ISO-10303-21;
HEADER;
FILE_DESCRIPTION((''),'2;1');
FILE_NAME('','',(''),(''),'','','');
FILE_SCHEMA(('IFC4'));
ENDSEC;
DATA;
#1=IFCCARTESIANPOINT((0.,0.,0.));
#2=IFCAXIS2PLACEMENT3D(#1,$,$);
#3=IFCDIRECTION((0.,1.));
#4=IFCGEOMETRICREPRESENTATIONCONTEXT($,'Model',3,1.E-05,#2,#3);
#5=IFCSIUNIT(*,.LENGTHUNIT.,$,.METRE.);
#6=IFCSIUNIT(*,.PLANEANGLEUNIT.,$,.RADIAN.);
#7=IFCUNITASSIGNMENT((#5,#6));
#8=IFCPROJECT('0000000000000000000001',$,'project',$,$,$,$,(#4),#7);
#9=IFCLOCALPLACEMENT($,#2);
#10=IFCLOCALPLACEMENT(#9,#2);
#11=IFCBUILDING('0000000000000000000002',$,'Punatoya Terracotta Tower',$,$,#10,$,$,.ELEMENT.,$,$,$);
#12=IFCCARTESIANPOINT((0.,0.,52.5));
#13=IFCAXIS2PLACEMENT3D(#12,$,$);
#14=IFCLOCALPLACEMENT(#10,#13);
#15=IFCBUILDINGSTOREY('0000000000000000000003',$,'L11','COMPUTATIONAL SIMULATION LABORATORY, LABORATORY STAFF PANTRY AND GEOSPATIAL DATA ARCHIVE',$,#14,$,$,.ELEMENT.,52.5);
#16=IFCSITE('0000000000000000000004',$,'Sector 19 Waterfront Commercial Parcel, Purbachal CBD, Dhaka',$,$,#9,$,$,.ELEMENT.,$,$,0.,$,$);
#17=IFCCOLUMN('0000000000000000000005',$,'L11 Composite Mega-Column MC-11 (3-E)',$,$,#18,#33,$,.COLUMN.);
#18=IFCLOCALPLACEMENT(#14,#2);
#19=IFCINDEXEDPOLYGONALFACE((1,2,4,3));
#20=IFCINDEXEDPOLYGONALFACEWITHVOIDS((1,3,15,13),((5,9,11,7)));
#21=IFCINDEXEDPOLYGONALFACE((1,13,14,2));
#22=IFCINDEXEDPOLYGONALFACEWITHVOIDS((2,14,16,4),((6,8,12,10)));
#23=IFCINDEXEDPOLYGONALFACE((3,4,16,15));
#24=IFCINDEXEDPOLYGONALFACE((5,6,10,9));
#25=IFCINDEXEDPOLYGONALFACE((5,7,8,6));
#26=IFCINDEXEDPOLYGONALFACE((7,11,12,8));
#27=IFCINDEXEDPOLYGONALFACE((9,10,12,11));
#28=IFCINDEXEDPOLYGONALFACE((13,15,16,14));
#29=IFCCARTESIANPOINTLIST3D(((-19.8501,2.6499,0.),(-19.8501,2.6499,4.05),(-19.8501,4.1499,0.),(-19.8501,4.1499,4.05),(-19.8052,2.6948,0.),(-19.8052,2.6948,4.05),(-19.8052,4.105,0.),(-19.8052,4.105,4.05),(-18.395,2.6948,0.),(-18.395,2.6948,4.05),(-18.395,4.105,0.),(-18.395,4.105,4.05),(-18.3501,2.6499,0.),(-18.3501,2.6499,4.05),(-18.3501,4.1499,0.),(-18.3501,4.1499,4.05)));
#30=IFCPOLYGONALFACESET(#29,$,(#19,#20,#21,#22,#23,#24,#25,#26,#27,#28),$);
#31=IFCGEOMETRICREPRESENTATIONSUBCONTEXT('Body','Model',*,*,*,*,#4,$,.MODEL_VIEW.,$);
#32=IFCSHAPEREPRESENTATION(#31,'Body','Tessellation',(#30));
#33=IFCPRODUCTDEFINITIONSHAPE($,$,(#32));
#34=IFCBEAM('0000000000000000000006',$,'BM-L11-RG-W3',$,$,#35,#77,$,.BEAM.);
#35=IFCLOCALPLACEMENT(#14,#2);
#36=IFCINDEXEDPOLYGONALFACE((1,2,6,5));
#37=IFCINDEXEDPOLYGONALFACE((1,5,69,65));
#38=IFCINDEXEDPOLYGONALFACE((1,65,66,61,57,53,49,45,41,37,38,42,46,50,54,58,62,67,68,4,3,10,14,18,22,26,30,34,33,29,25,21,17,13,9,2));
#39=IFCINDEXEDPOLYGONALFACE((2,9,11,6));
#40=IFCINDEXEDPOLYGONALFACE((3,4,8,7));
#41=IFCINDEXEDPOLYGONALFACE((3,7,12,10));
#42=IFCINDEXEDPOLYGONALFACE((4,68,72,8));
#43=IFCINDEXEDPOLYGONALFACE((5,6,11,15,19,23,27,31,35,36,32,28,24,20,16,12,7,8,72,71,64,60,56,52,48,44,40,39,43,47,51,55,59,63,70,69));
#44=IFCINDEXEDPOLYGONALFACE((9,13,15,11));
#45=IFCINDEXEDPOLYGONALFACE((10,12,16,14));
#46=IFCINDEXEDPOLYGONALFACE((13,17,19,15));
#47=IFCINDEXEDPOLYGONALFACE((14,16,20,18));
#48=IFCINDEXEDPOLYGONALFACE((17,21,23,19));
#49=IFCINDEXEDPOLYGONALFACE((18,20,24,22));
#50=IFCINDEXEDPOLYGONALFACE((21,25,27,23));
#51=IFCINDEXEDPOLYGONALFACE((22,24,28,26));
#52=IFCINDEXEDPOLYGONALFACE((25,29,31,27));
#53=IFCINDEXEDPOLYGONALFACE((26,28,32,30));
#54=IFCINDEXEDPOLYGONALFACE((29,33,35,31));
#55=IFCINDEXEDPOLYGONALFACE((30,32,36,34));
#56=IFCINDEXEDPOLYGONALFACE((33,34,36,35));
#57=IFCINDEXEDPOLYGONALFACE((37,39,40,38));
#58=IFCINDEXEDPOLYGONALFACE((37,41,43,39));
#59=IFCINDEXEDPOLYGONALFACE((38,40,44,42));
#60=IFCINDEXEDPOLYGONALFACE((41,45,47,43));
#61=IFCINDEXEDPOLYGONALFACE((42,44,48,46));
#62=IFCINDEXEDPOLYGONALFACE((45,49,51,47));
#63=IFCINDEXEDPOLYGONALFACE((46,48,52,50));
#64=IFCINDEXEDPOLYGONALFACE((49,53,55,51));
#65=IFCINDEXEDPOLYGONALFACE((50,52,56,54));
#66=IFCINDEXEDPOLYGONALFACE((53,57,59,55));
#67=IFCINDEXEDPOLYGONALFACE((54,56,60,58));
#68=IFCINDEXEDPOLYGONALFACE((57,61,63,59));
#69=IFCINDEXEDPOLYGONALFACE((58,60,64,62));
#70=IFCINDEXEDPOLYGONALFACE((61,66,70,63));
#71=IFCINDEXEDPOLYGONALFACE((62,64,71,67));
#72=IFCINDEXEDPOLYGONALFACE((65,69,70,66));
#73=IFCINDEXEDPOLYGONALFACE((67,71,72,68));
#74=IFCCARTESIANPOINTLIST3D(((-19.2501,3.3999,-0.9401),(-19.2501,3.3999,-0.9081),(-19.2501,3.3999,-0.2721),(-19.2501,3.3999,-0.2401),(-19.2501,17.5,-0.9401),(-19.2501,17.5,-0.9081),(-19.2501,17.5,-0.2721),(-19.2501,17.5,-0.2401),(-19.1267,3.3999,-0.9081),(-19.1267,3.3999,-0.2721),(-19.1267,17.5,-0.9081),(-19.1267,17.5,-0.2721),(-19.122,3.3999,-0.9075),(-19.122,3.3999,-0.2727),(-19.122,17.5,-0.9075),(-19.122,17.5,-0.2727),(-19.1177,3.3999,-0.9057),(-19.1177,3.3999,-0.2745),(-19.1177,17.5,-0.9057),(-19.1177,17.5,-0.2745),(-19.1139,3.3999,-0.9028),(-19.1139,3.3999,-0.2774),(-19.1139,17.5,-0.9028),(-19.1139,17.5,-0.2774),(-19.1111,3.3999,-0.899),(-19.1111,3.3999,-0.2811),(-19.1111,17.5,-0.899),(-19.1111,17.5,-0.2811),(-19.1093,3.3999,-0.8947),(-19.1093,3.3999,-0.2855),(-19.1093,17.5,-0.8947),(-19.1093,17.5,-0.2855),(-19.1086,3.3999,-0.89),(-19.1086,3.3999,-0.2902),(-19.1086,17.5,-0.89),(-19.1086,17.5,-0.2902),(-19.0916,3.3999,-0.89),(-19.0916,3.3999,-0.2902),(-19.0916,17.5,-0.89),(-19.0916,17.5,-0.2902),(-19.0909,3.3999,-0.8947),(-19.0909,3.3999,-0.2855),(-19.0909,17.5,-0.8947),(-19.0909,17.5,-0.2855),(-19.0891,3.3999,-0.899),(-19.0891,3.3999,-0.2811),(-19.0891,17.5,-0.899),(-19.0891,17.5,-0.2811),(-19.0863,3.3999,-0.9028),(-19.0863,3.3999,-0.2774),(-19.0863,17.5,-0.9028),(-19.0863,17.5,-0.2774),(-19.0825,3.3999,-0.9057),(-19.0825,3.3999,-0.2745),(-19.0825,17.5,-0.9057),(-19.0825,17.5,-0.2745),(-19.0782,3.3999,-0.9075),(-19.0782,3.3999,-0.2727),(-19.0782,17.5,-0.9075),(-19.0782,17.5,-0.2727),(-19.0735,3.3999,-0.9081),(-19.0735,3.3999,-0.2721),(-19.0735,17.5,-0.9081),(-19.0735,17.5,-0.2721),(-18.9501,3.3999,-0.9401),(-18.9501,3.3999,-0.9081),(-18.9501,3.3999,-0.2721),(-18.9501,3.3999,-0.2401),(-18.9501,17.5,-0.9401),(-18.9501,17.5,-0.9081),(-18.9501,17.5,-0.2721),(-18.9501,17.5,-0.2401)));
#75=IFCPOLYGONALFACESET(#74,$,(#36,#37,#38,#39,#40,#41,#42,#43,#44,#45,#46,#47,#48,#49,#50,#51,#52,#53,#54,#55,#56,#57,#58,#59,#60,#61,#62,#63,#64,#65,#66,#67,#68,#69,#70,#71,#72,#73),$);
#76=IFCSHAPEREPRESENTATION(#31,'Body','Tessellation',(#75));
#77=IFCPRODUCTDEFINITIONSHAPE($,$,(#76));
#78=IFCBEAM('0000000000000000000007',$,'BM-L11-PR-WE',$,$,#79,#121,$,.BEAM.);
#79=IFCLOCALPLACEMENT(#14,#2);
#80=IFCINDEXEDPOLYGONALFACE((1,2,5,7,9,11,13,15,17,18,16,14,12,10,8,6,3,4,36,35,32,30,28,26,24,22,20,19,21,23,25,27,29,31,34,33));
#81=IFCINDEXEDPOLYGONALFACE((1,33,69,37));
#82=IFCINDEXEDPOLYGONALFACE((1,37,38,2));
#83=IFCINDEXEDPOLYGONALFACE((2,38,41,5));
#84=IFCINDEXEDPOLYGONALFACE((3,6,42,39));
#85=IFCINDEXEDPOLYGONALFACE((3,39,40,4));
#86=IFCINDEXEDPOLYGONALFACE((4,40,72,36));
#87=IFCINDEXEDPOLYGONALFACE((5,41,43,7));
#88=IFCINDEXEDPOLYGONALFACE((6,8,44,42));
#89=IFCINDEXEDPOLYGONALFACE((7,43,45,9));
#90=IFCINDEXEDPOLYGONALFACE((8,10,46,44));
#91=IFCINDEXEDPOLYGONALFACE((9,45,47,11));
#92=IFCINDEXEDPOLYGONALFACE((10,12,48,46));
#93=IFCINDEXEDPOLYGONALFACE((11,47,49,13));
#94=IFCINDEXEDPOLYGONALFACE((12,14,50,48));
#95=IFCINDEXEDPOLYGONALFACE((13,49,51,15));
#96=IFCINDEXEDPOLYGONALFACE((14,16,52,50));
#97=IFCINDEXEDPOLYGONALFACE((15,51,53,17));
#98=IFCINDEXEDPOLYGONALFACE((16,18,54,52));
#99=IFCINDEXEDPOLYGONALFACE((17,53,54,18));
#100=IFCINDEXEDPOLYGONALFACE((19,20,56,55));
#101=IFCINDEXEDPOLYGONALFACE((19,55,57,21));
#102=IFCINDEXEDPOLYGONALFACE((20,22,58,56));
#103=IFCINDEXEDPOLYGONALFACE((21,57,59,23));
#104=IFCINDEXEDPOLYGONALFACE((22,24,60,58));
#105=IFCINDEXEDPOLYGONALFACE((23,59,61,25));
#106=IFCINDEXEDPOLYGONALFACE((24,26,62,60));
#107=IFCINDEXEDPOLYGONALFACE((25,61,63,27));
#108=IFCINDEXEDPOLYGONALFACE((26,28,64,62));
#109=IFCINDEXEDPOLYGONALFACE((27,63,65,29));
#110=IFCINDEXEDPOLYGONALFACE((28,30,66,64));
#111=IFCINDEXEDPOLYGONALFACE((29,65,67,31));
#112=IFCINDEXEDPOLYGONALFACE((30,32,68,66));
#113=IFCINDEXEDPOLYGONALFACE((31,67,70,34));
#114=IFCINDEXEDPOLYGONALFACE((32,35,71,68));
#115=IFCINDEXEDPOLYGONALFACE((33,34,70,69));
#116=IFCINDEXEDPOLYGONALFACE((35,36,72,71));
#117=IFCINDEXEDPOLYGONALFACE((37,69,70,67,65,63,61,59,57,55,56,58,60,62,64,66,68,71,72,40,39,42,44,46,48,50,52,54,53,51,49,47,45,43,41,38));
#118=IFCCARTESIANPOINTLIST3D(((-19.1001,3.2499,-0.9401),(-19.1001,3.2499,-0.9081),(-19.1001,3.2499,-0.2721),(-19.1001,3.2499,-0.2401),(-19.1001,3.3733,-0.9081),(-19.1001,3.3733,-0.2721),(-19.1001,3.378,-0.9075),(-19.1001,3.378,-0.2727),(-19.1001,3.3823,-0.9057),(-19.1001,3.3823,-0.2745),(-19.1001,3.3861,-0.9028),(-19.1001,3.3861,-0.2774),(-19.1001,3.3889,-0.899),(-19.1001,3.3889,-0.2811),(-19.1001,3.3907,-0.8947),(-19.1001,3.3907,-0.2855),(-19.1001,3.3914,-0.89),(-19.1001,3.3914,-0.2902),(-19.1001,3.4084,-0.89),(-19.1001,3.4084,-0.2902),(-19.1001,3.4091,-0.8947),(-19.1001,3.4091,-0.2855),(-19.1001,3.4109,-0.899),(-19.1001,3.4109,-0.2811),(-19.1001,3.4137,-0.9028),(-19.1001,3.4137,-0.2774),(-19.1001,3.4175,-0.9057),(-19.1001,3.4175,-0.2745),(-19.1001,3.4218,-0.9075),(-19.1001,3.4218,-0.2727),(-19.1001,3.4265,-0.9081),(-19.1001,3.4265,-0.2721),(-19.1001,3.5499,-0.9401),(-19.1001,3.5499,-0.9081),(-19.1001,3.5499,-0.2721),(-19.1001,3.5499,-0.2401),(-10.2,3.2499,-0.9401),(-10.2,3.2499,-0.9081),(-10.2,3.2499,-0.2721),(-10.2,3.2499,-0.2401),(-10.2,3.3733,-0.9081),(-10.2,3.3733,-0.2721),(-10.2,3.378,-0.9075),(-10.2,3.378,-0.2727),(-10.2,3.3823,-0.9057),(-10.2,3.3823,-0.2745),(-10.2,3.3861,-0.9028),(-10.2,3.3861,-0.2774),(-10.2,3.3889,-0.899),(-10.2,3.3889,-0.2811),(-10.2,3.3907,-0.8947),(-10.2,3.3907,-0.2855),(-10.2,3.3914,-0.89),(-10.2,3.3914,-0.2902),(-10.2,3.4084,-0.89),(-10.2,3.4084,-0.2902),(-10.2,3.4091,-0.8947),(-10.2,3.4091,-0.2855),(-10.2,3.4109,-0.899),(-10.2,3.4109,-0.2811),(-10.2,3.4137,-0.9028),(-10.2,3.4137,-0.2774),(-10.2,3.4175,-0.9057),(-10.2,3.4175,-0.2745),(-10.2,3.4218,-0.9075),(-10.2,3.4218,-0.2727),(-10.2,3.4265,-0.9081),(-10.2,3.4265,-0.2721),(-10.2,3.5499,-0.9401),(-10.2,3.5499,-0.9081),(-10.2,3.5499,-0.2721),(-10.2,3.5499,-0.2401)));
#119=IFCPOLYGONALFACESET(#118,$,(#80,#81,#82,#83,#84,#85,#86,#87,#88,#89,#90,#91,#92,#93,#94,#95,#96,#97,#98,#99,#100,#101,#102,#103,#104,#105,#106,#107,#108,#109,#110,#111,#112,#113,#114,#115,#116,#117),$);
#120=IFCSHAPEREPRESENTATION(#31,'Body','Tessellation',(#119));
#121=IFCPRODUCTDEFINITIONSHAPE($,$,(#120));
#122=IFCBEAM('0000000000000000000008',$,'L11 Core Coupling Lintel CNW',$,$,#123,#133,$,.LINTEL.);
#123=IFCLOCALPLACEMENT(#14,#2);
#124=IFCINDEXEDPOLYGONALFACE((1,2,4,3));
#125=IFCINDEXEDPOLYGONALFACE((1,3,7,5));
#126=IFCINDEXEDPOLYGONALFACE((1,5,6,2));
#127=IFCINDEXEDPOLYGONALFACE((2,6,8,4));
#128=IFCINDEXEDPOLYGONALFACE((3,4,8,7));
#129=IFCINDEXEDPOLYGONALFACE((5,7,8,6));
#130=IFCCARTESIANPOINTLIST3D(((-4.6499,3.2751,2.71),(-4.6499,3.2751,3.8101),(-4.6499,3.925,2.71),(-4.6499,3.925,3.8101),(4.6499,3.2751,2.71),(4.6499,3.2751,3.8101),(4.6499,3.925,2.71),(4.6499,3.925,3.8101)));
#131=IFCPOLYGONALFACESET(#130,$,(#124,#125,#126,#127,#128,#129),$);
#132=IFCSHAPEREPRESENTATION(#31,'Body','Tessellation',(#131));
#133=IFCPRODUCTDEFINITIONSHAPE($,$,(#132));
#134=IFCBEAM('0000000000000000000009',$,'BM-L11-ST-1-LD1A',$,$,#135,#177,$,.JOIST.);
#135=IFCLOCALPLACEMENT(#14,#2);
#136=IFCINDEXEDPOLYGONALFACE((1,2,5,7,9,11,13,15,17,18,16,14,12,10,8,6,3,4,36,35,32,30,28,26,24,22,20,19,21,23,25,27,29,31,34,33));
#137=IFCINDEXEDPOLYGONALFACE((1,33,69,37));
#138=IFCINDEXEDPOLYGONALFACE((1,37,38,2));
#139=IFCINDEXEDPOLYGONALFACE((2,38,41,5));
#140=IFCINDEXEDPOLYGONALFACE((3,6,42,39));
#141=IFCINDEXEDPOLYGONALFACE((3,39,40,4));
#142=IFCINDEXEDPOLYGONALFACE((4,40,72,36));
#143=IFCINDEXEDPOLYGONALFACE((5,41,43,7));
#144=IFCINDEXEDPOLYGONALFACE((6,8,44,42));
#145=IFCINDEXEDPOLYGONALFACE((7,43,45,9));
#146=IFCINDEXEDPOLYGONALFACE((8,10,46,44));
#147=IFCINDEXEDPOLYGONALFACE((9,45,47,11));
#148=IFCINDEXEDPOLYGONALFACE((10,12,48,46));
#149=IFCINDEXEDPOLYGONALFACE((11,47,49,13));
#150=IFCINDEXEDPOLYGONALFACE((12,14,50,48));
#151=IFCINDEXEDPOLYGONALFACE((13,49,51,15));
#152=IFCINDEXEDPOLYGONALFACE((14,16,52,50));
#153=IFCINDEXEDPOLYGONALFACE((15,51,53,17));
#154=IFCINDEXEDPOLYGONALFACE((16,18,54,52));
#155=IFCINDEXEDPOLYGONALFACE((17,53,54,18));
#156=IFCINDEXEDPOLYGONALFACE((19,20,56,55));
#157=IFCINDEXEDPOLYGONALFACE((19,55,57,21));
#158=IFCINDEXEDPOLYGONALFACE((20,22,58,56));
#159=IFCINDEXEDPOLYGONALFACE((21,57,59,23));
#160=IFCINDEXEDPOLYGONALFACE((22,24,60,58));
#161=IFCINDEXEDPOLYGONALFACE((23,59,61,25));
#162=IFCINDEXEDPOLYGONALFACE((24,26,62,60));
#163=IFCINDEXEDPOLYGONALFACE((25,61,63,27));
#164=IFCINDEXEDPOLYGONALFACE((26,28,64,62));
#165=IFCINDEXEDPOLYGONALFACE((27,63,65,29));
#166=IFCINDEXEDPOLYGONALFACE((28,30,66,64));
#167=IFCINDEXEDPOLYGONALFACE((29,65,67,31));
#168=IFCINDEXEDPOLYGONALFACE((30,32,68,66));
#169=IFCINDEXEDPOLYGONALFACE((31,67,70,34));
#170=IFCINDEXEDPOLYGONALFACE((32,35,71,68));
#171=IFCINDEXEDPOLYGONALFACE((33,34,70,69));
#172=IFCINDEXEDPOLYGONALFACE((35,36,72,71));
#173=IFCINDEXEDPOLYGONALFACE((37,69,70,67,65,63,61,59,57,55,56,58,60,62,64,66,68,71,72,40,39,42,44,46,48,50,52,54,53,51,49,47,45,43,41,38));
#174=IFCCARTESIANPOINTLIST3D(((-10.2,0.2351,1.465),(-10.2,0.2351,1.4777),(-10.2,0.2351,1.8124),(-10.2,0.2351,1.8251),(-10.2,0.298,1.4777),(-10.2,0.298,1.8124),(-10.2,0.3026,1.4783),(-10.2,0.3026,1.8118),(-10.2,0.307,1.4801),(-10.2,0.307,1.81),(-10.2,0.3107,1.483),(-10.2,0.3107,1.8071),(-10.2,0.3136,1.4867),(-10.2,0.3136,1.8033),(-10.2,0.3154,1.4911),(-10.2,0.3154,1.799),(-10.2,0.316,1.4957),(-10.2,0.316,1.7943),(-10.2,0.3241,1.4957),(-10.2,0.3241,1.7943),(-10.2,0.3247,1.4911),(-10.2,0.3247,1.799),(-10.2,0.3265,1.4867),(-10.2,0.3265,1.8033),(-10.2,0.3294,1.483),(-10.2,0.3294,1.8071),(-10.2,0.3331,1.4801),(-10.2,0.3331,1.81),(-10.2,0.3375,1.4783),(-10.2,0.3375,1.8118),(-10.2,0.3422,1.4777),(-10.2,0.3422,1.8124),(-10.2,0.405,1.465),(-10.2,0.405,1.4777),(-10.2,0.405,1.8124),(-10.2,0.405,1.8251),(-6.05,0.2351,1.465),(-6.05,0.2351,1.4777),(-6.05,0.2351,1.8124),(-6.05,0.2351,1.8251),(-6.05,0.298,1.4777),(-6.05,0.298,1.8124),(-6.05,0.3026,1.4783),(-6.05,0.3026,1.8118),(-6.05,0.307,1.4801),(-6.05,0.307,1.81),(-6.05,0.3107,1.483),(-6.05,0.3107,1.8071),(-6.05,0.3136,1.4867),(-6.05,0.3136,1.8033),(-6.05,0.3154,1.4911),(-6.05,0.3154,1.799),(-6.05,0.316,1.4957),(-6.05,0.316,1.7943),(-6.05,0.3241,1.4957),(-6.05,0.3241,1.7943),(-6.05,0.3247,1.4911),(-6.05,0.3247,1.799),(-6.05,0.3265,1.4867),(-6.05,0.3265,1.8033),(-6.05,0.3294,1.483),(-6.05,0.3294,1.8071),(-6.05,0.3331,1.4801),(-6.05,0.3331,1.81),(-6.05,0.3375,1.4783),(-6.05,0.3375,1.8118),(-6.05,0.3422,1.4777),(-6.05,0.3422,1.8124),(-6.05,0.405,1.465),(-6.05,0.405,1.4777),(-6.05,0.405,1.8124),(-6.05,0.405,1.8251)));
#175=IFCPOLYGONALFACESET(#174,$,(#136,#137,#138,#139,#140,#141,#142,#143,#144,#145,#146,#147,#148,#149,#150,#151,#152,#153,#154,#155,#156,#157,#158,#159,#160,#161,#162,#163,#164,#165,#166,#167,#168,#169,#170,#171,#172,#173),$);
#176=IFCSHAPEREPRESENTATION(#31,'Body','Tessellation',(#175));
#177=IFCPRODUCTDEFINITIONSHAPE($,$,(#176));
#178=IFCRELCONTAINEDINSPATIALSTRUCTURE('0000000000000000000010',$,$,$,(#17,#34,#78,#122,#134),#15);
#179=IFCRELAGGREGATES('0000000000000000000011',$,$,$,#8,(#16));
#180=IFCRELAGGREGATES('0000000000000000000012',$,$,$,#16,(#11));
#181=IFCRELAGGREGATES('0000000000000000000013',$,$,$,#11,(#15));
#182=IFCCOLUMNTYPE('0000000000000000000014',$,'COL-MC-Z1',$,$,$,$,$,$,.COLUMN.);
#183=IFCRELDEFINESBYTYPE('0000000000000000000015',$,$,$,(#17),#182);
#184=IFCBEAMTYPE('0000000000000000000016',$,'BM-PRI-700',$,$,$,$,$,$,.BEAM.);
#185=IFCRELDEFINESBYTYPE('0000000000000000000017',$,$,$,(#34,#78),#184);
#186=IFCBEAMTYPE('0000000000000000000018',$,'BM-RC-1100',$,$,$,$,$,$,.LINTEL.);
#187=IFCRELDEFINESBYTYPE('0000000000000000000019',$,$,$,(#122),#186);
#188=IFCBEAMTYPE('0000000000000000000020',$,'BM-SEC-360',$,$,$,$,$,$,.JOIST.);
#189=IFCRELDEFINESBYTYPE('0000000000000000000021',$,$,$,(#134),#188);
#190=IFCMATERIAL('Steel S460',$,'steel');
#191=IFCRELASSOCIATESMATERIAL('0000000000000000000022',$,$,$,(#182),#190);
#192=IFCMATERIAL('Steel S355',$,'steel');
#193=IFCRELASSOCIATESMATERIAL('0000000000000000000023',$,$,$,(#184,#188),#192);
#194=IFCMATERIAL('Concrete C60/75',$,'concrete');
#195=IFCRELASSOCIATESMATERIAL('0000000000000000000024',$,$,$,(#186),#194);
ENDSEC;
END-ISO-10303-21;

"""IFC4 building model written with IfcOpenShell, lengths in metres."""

from ifc_helpers import new_model, si_unit, direction, frame, origin, origin_2d, place, context, subcontext, project, spatial, rectangle, hollow_rectangle, i_section, extrude, material, material_profile, profile_set, type_object, element, save


model = new_model("IFC4")

# Units and contexts
model_context = context("Model", 3, precision=1e-05, world=origin(), true_north=direction((0.0, 1.0)))
body_context = subcontext(model_context, "Body", "Model", "MODEL_VIEW")
ifc_project = project(units=[si_unit("LENGTHUNIT", "METRE"), si_unit("PLANEANGLEUNIT", "RADIAN")], contexts=[model_context])

# Site, building, storey
site_placement = place(None, origin())
site = spatial("IfcSite", under=ifc_project, at=site_placement, Name="Sector 19 Waterfront Commercial Parcel, Purbachal CBD, Dhaka", CompositionType="ELEMENT", RefElevation=0.0)
building_placement = place(site_placement, origin())
building = spatial("IfcBuilding", under=site, at=building_placement, Name="Punatoya Terracotta Tower", CompositionType="ELEMENT")
storey_placement = place(building_placement, frame((0.0, 0.0, 52.5)))
storey = spatial("IfcBuildingStorey", under=building, at=storey_placement, Name="L11", Description="COMPUTATIONAL SIMULATION LABORATORY, LABORATORY STAFF PANTRY AND GEOSPATIAL DATA ARCHIVE", CompositionType="ELEMENT", Elevation=52.5)

# Column
ifc_material_1 = material(Name="Steel S460", Category="steel")
ifc_material_profile_1 = material_profile(ifc_material_1, hollow_rectangle(XDim=1.5, YDim=1.5, WallThickness=0.0449, at=origin_2d()))
ifc_profile_set_1 = profile_set([ifc_material_profile_1], Name="Steel S460")
column_type = type_object("IfcColumnType", Name="COL-MC-Z1", PredefinedType="COLUMN", material=ifc_profile_set_1)
column_placement = place(storey_placement, frame((-19.1001, 3.3999, 0.0), z_axis=(0.0, 0.0, 1.0), x_axis=(1.0, 0.0, 0.0)))
element("IfcColumn", 1, at=column_placement, inside=storey, type_object=column_type, Name="L11 Composite Mega-Column MC-11 (3-E)", PredefinedType="COLUMN", context=body_context, shape_type="SweptSolid", body=[
    extrude(hollow_rectangle(XDim=1.5, YDim=1.5, WallThickness=0.0449, at=origin_2d()), origin(), (0.0, 0.0, 1.0), 4.05),
])

# Beams
ifc_material_2 = material(Name="Steel S355", Category="steel")
ifc_material_profile_2 = material_profile(ifc_material_2, i_section(OverallWidth=0.3, OverallDepth=0.7, WebThickness=0.0171, FlangeThickness=0.032, FilletRadius=0.0181, at=origin_2d()))
ifc_profile_set_2 = profile_set([ifc_material_profile_2], Name="Steel S355")
beam_type_1 = type_object("IfcBeamType", Name="BM-PRI-700", PredefinedType="BEAM", material=ifc_profile_set_2)
beam_1_placement = place(storey_placement, frame((-19.1001, 3.3999, -0.5901), z_axis=(0.0, 1.0, 0.0), x_axis=(-1.0, 0.0, 0.0)))
element("IfcBeam", 2, at=beam_1_placement, inside=storey, type_object=beam_type_1, Name="BM-L11-RG-W3", PredefinedType="BEAM", context=body_context, shape_type="SweptSolid", body=[
    extrude(i_section(OverallWidth=0.3, OverallDepth=0.7, WebThickness=0.0171, FlangeThickness=0.032, FilletRadius=0.0181, at=origin_2d()), origin(), (0.0, 0.0, 1.0), 14.1001),
])
beam_2_placement = place(storey_placement, frame((-19.1001, 3.3999, -0.5901), z_axis=(1.0, 0.0, 0.0), x_axis=(0.0, 1.0, 0.0)))
element("IfcBeam", 3, at=beam_2_placement, inside=storey, type_object=beam_type_1, Name="BM-L11-PR-WE", PredefinedType="BEAM", context=body_context, shape_type="SweptSolid", body=[
    extrude(i_section(OverallWidth=0.3, OverallDepth=0.7, WebThickness=0.0171, FlangeThickness=0.032, FilletRadius=0.0181, at=origin_2d()), origin(), (0.0, 0.0, 1.0), 8.9001),
])
ifc_material_3 = material(Name="Concrete C60/75", Category="concrete")
ifc_material_profile_3 = material_profile(ifc_material_3, rectangle(XDim=0.6499, YDim=1.1001, at=origin_2d()))
ifc_profile_set_3 = profile_set([ifc_material_profile_3], Name="Concrete C60/75")
beam_type_2 = type_object("IfcBeamType", Name="BM-RC-1100", PredefinedType="LINTEL", material=ifc_profile_set_3)
beam_3_placement = place(storey_placement, frame((-4.6499, 3.6001, 3.26), z_axis=(1.0, 0.0, 0.0), x_axis=(0.0, 1.0, 0.0)))
element("IfcBeam", 4, at=beam_3_placement, inside=storey, type_object=beam_type_2, Name="L11 Core Coupling Lintel CNW", PredefinedType="LINTEL", context=body_context, shape_type="SweptSolid", body=[
    extrude(rectangle(XDim=0.6499, YDim=1.1001, at=origin_2d()), origin(), (0.0, 0.0, 1.0), 9.2998),
])
ifc_material_profile_4 = material_profile(ifc_material_2, i_section(OverallWidth=0.1699, OverallDepth=0.3601, WebThickness=0.0081, FlangeThickness=0.0127, FilletRadius=0.0181, at=origin_2d()))
ifc_profile_set_4 = profile_set([ifc_material_profile_4], Name="Steel S355")
beam_type_3 = type_object("IfcBeamType", Name="BM-SEC-360", PredefinedType="JOIST", material=ifc_profile_set_4)
for number, where, z_axis, x_axis, name in (
    (5, (-10.2, 0.3201, 1.645), (1.0, 0.0, 0.0), (0.0, 1.0, 0.0), "BM-L11-ST-1-LD1A"),
):
    element("IfcBeam", number, at=place(storey_placement, frame(where, z_axis=z_axis, x_axis=x_axis)), inside=storey, type_object=beam_type_3, Name=name, PredefinedType="JOIST", context=body_context, shape_type="SweptSolid", body=[
        extrude(i_section(OverallWidth=0.1699, OverallDepth=0.3601, WebThickness=0.0081, FlangeThickness=0.0127, FilletRadius=0.0181, at=origin_2d()), origin(), (0.0, 0.0, 1.0), 4.1499),
    ])

save(model, "model.ifc")
